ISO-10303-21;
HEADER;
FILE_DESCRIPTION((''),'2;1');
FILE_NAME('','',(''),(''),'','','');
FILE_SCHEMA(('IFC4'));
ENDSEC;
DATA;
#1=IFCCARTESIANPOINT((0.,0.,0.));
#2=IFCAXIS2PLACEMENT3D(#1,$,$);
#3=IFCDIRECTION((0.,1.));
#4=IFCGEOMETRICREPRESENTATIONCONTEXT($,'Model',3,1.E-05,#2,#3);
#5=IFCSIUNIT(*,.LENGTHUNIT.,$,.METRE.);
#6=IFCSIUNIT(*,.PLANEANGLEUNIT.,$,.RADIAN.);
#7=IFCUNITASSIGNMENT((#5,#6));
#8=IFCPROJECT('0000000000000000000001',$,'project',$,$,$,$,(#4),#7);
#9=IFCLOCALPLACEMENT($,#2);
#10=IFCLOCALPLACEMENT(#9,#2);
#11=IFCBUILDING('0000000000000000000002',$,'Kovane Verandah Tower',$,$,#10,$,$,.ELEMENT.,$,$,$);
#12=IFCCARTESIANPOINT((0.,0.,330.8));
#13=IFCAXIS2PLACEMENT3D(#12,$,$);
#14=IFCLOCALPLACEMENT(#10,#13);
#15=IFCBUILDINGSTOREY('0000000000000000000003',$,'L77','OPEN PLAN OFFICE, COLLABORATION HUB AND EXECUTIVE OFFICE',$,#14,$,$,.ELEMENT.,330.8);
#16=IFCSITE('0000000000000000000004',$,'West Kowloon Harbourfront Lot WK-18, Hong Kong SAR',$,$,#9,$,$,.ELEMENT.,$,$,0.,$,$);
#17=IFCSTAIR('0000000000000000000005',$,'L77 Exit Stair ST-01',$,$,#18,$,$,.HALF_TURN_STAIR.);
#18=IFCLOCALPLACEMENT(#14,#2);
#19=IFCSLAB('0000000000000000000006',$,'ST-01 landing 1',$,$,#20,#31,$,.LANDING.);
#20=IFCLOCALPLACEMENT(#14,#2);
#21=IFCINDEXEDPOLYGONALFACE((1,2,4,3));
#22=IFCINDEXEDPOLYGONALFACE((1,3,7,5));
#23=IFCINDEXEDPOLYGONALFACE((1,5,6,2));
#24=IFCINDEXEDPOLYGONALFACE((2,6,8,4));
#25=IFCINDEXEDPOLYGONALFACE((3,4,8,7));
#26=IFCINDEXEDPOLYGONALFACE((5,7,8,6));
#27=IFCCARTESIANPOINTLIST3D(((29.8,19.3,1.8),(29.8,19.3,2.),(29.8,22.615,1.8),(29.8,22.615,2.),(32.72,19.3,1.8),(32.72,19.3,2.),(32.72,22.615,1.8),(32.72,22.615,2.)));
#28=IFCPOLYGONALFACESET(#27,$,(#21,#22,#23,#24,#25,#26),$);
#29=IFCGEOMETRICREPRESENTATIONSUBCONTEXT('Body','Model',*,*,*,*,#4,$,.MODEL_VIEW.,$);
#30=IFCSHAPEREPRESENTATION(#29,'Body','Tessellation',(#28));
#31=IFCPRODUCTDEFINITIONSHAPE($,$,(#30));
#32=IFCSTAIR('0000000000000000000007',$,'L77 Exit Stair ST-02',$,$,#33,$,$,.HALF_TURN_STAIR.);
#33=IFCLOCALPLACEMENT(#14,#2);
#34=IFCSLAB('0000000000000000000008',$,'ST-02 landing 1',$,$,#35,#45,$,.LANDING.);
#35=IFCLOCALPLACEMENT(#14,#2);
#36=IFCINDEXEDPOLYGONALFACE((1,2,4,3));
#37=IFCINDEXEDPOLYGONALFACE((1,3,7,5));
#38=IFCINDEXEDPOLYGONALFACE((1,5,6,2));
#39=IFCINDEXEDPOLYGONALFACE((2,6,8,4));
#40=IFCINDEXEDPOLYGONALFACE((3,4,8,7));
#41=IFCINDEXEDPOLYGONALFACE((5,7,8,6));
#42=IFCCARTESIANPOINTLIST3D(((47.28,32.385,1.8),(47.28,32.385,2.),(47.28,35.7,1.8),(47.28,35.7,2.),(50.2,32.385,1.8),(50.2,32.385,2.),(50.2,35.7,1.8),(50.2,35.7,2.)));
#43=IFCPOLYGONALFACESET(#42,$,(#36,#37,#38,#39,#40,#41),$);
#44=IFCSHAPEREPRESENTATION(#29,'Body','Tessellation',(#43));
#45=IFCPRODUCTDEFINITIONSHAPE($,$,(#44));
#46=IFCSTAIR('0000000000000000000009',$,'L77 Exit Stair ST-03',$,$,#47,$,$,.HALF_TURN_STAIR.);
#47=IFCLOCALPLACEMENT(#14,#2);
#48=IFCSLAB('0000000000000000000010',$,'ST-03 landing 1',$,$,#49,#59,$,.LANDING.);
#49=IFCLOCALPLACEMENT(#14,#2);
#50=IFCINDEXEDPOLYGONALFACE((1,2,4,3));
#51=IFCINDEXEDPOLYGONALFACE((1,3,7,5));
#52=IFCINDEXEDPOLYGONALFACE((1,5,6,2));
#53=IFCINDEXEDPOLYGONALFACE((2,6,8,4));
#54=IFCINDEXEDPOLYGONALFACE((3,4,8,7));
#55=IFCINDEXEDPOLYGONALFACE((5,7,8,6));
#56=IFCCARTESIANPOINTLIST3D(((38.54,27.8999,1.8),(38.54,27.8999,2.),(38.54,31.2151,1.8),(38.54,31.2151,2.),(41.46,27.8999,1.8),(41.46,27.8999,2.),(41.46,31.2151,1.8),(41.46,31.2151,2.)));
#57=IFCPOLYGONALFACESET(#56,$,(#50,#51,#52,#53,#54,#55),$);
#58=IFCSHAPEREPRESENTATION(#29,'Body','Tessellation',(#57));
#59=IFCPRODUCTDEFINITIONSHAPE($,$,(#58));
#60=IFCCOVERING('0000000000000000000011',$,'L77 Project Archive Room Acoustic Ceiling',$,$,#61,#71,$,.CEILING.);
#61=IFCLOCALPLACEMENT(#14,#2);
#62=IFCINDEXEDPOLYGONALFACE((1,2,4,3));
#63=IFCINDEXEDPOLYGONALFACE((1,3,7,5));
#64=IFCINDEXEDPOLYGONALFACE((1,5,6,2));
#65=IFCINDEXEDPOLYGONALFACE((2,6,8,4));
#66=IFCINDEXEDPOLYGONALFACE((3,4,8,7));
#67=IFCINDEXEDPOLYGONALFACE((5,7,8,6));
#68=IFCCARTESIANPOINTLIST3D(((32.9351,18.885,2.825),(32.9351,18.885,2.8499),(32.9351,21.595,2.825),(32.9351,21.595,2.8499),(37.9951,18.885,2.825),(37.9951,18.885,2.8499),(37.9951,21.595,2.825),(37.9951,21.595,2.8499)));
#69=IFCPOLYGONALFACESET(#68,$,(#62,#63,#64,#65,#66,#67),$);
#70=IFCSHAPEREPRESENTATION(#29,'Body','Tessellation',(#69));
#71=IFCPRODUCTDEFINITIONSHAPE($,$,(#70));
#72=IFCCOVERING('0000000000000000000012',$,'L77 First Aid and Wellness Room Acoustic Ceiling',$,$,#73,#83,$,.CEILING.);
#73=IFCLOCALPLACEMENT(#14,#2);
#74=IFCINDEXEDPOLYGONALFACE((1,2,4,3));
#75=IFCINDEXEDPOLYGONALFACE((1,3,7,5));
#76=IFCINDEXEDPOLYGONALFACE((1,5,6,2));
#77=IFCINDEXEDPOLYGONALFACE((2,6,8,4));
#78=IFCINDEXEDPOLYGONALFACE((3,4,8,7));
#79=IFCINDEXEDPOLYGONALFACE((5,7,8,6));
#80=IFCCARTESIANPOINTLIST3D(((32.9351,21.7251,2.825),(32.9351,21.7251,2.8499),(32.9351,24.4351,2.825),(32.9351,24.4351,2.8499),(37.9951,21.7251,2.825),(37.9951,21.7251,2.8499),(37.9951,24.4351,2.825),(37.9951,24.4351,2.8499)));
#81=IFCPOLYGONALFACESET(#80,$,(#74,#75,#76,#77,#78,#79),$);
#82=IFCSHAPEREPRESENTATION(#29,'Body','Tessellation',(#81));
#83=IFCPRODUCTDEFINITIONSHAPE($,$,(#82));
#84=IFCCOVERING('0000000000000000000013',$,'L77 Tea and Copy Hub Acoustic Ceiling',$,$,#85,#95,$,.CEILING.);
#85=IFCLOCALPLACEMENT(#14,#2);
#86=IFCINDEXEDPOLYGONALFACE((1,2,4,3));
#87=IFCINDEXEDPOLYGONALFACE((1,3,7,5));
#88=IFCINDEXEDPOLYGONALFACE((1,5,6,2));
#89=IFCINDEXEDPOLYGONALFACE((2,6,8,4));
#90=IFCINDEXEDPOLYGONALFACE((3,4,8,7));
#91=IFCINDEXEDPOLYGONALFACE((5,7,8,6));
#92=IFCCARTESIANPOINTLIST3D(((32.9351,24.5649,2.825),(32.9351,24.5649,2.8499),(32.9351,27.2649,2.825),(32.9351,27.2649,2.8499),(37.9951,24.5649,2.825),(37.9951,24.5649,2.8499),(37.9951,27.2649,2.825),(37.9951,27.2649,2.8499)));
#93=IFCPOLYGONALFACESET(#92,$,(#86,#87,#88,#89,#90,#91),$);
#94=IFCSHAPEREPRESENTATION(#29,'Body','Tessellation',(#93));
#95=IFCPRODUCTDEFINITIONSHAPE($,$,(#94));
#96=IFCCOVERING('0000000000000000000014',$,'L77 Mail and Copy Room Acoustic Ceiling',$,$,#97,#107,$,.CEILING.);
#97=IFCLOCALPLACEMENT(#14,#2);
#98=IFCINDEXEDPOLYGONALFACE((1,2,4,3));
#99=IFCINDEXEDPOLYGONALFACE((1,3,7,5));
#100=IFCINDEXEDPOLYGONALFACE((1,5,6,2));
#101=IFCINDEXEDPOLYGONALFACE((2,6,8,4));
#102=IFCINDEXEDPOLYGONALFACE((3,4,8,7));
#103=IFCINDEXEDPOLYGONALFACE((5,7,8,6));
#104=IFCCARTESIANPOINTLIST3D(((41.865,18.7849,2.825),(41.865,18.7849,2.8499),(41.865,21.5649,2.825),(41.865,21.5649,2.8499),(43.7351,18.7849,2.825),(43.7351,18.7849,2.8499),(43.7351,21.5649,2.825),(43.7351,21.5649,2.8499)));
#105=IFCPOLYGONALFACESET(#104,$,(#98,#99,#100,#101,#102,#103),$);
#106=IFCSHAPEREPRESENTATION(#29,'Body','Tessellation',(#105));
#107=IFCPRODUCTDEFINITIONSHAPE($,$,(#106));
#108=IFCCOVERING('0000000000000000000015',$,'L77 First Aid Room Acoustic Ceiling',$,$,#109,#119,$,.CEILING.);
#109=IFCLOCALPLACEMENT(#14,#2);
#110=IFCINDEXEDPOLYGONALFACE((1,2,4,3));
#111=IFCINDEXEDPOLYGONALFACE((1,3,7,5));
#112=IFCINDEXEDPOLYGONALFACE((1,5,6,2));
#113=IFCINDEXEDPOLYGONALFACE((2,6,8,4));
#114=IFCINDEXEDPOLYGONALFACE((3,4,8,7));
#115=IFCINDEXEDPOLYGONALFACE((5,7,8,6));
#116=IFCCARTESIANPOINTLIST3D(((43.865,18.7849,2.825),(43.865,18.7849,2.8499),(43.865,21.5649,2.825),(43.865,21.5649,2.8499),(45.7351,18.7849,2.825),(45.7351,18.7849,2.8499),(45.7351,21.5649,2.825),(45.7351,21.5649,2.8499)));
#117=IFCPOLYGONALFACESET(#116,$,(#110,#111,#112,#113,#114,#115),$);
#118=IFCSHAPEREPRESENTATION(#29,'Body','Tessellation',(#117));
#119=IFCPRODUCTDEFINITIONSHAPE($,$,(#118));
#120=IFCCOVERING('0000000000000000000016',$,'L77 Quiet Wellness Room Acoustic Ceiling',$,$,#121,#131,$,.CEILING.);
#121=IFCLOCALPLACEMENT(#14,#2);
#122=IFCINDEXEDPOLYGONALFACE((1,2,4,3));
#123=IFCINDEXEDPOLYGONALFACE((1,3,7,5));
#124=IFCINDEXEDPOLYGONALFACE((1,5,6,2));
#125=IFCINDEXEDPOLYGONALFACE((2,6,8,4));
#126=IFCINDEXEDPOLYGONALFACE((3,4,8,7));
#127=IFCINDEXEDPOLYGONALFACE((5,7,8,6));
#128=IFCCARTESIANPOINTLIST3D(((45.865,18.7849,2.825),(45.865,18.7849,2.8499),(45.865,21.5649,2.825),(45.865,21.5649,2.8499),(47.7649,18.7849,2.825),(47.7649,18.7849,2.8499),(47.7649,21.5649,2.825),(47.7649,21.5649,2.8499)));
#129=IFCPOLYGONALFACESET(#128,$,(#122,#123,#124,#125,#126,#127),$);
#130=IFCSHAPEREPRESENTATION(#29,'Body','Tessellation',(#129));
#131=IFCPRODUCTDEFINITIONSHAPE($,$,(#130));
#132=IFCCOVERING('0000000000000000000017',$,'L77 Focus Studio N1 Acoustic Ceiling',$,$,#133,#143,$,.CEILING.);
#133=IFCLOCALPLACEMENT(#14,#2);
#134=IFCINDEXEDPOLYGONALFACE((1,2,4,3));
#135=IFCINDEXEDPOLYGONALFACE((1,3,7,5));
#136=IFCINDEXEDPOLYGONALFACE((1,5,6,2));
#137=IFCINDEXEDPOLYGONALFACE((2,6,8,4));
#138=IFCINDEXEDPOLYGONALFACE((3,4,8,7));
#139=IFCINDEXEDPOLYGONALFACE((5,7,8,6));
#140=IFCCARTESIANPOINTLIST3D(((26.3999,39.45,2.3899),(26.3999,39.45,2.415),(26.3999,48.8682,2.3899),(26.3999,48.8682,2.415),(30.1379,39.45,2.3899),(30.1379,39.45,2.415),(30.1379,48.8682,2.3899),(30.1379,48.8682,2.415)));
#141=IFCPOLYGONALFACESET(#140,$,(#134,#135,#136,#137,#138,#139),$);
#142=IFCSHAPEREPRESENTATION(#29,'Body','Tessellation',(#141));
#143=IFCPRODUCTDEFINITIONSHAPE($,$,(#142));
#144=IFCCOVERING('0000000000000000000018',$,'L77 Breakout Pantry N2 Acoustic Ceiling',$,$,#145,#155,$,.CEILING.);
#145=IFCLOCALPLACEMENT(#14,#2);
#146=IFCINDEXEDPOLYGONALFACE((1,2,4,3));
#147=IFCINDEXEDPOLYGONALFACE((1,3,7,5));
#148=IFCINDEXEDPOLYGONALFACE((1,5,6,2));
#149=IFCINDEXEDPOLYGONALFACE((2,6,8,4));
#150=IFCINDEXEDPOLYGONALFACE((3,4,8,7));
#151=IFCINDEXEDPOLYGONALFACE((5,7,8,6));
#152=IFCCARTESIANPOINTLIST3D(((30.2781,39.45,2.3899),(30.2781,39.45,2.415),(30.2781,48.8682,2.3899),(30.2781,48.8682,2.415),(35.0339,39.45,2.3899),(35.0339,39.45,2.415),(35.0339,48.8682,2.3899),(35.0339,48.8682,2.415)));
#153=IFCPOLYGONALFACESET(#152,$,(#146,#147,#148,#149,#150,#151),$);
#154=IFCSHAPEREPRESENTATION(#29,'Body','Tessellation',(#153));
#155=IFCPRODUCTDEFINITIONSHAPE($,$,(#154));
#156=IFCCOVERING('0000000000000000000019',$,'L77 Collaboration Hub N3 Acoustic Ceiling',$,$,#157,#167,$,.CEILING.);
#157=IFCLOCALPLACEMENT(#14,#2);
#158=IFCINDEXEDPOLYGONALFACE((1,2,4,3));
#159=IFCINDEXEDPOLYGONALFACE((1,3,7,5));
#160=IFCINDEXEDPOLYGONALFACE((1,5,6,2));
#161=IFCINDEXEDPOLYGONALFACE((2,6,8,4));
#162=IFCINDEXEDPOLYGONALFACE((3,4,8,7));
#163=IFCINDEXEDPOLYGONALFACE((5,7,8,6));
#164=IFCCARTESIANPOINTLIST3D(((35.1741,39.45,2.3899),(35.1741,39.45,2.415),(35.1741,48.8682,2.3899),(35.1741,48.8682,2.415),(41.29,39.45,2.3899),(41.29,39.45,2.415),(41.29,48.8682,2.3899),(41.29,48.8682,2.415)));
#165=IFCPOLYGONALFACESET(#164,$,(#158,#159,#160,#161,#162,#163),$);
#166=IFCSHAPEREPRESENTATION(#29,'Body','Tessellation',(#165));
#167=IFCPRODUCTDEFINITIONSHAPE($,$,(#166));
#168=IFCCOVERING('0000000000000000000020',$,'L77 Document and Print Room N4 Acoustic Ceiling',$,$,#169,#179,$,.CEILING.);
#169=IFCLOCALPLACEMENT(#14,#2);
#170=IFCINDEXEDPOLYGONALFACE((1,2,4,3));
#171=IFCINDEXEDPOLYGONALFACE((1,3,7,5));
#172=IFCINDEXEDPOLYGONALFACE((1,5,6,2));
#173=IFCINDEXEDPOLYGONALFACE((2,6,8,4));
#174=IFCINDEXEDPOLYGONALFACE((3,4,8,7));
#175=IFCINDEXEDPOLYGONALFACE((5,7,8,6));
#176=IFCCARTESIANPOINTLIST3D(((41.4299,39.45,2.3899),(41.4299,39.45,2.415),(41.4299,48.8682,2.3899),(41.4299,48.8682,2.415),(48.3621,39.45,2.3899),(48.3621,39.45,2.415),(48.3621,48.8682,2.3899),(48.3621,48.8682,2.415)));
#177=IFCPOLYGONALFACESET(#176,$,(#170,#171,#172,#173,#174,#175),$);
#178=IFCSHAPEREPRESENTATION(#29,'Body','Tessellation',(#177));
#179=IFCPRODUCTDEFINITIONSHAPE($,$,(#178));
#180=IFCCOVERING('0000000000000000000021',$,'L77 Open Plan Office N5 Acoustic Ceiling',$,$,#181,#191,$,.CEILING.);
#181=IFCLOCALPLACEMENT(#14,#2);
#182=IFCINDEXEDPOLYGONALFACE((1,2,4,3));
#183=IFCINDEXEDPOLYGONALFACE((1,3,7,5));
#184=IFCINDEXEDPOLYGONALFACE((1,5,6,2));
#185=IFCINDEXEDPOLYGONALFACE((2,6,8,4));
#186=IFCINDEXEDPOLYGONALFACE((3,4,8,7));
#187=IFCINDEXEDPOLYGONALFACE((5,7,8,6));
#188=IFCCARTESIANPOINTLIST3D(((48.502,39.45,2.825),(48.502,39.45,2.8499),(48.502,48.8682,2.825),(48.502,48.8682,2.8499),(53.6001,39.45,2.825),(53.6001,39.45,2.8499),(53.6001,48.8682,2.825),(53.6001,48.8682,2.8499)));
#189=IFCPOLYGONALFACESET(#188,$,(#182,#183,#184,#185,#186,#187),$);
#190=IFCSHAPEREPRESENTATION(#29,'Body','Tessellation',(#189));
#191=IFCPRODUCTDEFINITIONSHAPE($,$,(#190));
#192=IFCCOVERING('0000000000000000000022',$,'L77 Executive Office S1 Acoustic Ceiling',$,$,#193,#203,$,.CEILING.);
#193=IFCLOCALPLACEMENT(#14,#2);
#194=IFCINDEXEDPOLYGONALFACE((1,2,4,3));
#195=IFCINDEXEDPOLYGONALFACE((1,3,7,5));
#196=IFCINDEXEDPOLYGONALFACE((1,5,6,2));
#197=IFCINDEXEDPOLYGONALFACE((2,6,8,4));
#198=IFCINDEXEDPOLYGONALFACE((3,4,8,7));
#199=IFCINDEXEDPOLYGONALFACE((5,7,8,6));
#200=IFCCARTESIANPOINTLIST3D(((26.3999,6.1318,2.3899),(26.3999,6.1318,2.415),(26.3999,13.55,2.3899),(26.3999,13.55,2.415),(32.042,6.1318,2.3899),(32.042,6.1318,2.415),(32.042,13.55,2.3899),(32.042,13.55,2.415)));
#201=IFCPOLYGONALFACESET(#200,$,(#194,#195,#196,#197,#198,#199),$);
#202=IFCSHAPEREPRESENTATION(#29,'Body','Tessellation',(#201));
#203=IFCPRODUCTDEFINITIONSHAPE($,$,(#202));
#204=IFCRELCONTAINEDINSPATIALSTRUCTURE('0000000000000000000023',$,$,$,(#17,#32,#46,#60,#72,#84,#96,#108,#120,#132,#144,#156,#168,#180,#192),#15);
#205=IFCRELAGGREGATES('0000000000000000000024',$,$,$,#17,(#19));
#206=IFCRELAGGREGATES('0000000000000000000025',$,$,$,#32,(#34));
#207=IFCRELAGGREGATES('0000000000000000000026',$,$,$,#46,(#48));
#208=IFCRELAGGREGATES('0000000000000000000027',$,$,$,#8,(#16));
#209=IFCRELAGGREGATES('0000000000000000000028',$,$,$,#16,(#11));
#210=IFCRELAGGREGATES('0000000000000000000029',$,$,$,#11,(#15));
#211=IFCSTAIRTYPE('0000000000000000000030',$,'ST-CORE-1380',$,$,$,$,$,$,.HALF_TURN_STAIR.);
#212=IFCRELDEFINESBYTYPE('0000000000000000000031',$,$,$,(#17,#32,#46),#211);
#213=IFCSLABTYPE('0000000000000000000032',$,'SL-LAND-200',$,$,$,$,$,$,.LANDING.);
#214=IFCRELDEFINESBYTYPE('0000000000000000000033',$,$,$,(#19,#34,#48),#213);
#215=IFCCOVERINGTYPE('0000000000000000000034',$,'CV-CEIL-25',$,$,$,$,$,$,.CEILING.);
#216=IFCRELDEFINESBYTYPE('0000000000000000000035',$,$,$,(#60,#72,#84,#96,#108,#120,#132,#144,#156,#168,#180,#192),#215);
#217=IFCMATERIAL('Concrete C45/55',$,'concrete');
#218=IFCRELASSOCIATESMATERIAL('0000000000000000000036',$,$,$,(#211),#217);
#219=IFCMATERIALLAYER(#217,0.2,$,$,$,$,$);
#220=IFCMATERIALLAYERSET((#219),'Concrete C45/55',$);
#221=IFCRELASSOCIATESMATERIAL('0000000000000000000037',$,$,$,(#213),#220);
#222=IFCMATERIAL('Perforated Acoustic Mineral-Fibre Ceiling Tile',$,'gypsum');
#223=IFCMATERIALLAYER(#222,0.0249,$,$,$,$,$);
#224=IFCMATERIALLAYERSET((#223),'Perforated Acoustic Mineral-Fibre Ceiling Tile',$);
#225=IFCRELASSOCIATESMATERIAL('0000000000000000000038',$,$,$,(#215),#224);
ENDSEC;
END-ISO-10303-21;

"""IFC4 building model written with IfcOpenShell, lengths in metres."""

from ifc_helpers import new_model, si_unit, direction, frame, origin, place, context, subcontext, project, spatial, polyline, outline, extrude, material, layer, layer_set, type_object, element, aggregate, save


model = new_model("IFC4")

# Units and contexts
model_context = context("Model", 3, precision=1e-05, world=origin(), true_north=direction((0.0, 1.0)))
body_context = subcontext(model_context, "Body", "Model", "MODEL_VIEW")
ifc_project = project(units=[si_unit("LENGTHUNIT", "METRE"), si_unit("PLANEANGLEUNIT", "RADIAN")], contexts=[model_context])

# Site, building, storey
site_placement = place(None, origin())
site = spatial("IfcSite", under=ifc_project, at=site_placement, Name="West Kowloon Harbourfront Lot WK-18, Hong Kong SAR", CompositionType="ELEMENT", RefElevation=0.0)
building_placement = place(site_placement, origin())
building = spatial("IfcBuilding", under=site, at=building_placement, Name="Kovane Verandah Tower", CompositionType="ELEMENT")
storey_placement = place(building_placement, frame((0.0, 0.0, 330.8)))
storey = spatial("IfcBuildingStorey", under=building, at=storey_placement, Name="L77", Description="OPEN PLAN OFFICE, COLLABORATION HUB AND EXECUTIVE OFFICE", CompositionType="ELEMENT", Elevation=330.8)

# Stairs, slabs
ifc_material_1 = material(Name="Concrete C45/55", Category="concrete")
stair_type = type_object("IfcStairType", Name="ST-CORE-1380", PredefinedType="HALF_TURN_STAIR", material=ifc_material_1)
stair_1_placement = place(storey_placement, origin())
stair_1 = element("IfcStair", 1, at=stair_1_placement, inside=storey, type_object=stair_type, Name="L77 Exit Stair ST-01", PredefinedType="HALF_TURN_STAIR")
ifc_layer_1 = layer(ifc_material_1, 0.2)
ifc_layer_set_1 = layer_set([ifc_layer_1], Name="Concrete C45/55")
slab_type = type_object("IfcSlabType", Name="SL-LAND-200", PredefinedType="LANDING", material=ifc_layer_set_1)
slab_1_placement = place(storey_placement, frame((0.0, 0.0, 1.8)))
slab_1 = element("IfcSlab", 2, at=slab_1_placement, type_object=slab_type, Name="ST-01 landing 1", PredefinedType="LANDING", context=body_context, shape_type="SweptSolid", body=[
    extrude(outline(polyline([(29.8, 22.615), (29.8, 19.3), (32.72, 19.3), (32.72, 22.615), (29.8, 22.615)])), origin(), (0.0, 0.0, 1.0), 0.2),
])
aggregate(stair_1, [slab_1])
stair_2_placement = place(storey_placement, origin())
stair_2 = element("IfcStair", 3, at=stair_2_placement, inside=storey, type_object=stair_type, Name="L77 Exit Stair ST-02", PredefinedType="HALF_TURN_STAIR")
slab_2_placement = place(storey_placement, frame((0.0, 0.0, 1.8)))
slab_2 = element("IfcSlab", 4, at=slab_2_placement, type_object=slab_type, Name="ST-02 landing 1", PredefinedType="LANDING", context=body_context, shape_type="SweptSolid", body=[
    extrude(outline(polyline([(50.2, 32.385), (50.2, 35.7), (47.28, 35.7), (47.28, 32.385), (50.2, 32.385)])), origin(), (0.0, 0.0, 1.0), 0.2),
])
aggregate(stair_2, [slab_2])
stair_3_placement = place(storey_placement, origin())
stair_3 = element("IfcStair", 5, at=stair_3_placement, inside=storey, type_object=stair_type, Name="L77 Exit Stair ST-03", PredefinedType="HALF_TURN_STAIR")
slab_3_placement = place(storey_placement, frame((0.0, 0.0, 1.8)))
slab_3 = element("IfcSlab", 6, at=slab_3_placement, type_object=slab_type, Name="ST-03 landing 1", PredefinedType="LANDING", context=body_context, shape_type="SweptSolid", body=[
    extrude(outline(polyline([(38.54, 31.2151), (38.54, 27.8999), (41.46, 27.8999), (41.46, 31.2151), (38.54, 31.2151)])), origin(), (0.0, 0.0, 1.0), 0.2),
])
aggregate(stair_3, [slab_3])

# Coverings
ifc_material_2 = material(Name="Perforated Acoustic Mineral-Fibre Ceiling Tile", Category="gypsum")
ifc_layer_2 = layer(ifc_material_2, 0.0249)
ifc_layer_set_2 = layer_set([ifc_layer_2], Name="Perforated Acoustic Mineral-Fibre Ceiling Tile")
covering_type_1 = type_object("IfcCoveringType", Name="CV-CEIL-25", PredefinedType="CEILING", material=ifc_layer_set_2)
covering_1_placement = place(storey_placement, frame((0.0, 0.0, 2.825)))
element("IfcCovering", 7, at=covering_1_placement, inside=storey, type_object=covering_type_1, Name="L77 Project Archive Room Acoustic Ceiling", PredefinedType="CEILING", context=body_context, shape_type="SweptSolid", body=[
    extrude(outline(polyline([(32.9351, 18.885), (37.9951, 18.885), (37.9951, 21.595), (32.9351, 21.595), (32.9351, 18.885)])), origin(), (0.0, 0.0, 1.0), 0.0249),
])
covering_2_placement = place(storey_placement, frame((0.0, 0.0, 2.825)))
element("IfcCovering", 8, at=covering_2_placement, inside=storey, type_object=covering_type_1, Name="L77 First Aid and Wellness Room Acoustic Ceiling", PredefinedType="CEILING", context=body_context, shape_type="SweptSolid", body=[
    extrude(outline(polyline([(32.9351, 21.7251), (37.9951, 21.7251), (37.9951, 24.4351), (32.9351, 24.4351), (32.9351, 21.7251)])), origin(), (0.0, 0.0, 1.0), 0.0249),
])
covering_3_placement = place(storey_placement, frame((0.0, 0.0, 2.825)))
element("IfcCovering", 9, at=covering_3_placement, inside=storey, type_object=covering_type_1, Name="L77 Tea and Copy Hub Acoustic Ceiling", PredefinedType="CEILING", context=body_context, shape_type="SweptSolid", body=[
    extrude(outline(polyline([(32.9351, 24.5649), (37.9951, 24.5649), (37.9951, 27.2649), (32.9351, 27.2649), (32.9351, 24.5649)])), origin(), (0.0, 0.0, 1.0), 0.0249),
])
covering_4_placement = place(storey_placement, frame((0.0, 0.0, 2.825)))
element("IfcCovering", 10, at=covering_4_placement, inside=storey, type_object=covering_type_1, Name="L77 Mail and Copy Room Acoustic Ceiling", PredefinedType="CEILING", context=body_context, shape_type="SweptSolid", body=[
    extrude(outline(polyline([(41.865, 18.7849), (43.7351, 18.7849), (43.7351, 21.5649), (41.865, 21.5649), (41.865, 18.7849)])), origin(), (0.0, 0.0, 1.0), 0.0249),
])
covering_5_placement = place(storey_placement, frame((0.0, 0.0, 2.825)))
element("IfcCovering", 11, at=covering_5_placement, inside=storey, type_object=covering_type_1, Name="L77 First Aid Room Acoustic Ceiling", PredefinedType="CEILING", context=body_context, shape_type="SweptSolid", body=[
    extrude(outline(polyline([(43.865, 18.7849), (45.7351, 18.7849), (45.7351, 21.5649), (43.865, 21.5649), (43.865, 18.7849)])), origin(), (0.0, 0.0, 1.0), 0.0249),
])
covering_6_placement = place(storey_placement, frame((0.0, 0.0, 2.825)))
element("IfcCovering", 12, at=covering_6_placement, inside=storey, type_object=covering_type_1, Name="L77 Quiet Wellness Room Acoustic Ceiling", PredefinedType="CEILING", context=body_context, shape_type="SweptSolid", body=[
    extrude(outline(polyline([(45.865, 18.7849), (47.7649, 18.7849), (47.7649, 21.5649), (45.865, 21.5649), (45.865, 18.7849)])), origin(), (0.0, 0.0, 1.0), 0.0249),
])
covering_7_placement = place(storey_placement, frame((0.0, 0.0, 2.3899)))
element("IfcCovering", 13, at=covering_7_placement, inside=storey, type_object=covering_type_1, Name="L77 Focus Studio N1 Acoustic Ceiling", PredefinedType="CEILING", context=body_context, shape_type="SweptSolid", body=[
    extrude(outline(polyline([(26.3999, 39.45), (30.1379, 39.45), (30.1379, 48.8682), (26.3999, 48.8682), (26.3999, 39.45)])), origin(), (0.0, 0.0, 1.0), 0.0251),
])
covering_8_placement = place(storey_placement, frame((0.0, 0.0, 2.3899)))
element("IfcCovering", 14, at=covering_8_placement, inside=storey, type_object=covering_type_1, Name="L77 Breakout Pantry N2 Acoustic Ceiling", PredefinedType="CEILING", context=body_context, shape_type="SweptSolid", body=[
    extrude(outline(polyline([(30.2781, 39.45), (35.0339, 39.45), (35.0339, 48.8682), (30.2781, 48.8682), (30.2781, 39.45)])), origin(), (0.0, 0.0, 1.0), 0.0251),
])
covering_9_placement = place(storey_placement, frame((0.0, 0.0, 2.3899)))
element("IfcCovering", 15, at=covering_9_placement, inside=storey, type_object=covering_type_1, Name="L77 Collaboration Hub N3 Acoustic Ceiling", PredefinedType="CEILING", context=body_context, shape_type="SweptSolid", body=[
    extrude(outline(polyline([(35.1741, 39.45), (41.29, 39.45), (41.29, 48.8682), (35.1741, 48.8682), (35.1741, 39.45)])), origin(), (0.0, 0.0, 1.0), 0.0251),
])
covering_10_placement = place(storey_placement, frame((0.0, 0.0, 2.3899)))
element("IfcCovering", 16, at=covering_10_placement, inside=storey, type_object=covering_type_1, Name="L77 Document and Print Room N4 Acoustic Ceiling", PredefinedType="CEILING", context=body_context, shape_type="SweptSolid", body=[
    extrude(outline(polyline([(41.4299, 39.45), (48.3621, 39.45), (48.3621, 48.8682), (41.4299, 48.8682), (41.4299, 39.45)])), origin(), (0.0, 0.0, 1.0), 0.0251),
])
covering_11_placement = place(storey_placement, frame((0.0, 0.0, 2.825)))
element("IfcCovering", 17, at=covering_11_placement, inside=storey, type_object=covering_type_1, Name="L77 Open Plan Office N5 Acoustic Ceiling", PredefinedType="CEILING", context=body_context, shape_type="SweptSolid", body=[
    extrude(outline(polyline([(48.502, 39.45), (53.6001, 39.45), (53.6001, 48.8682), (48.502, 48.8682), (48.502, 39.45)])), origin(), (0.0, 0.0, 1.0), 0.0249),
])
covering_12_placement = place(storey_placement, frame((0.0, 0.0, 2.3899)))
element("IfcCovering", 18, at=covering_12_placement, inside=storey, type_object=covering_type_1, Name="L77 Executive Office S1 Acoustic Ceiling", PredefinedType="CEILING", context=body_context, shape_type="SweptSolid", body=[
    extrude(outline(polyline([(26.3999, 6.1318), (32.042, 6.1318), (32.042, 13.55), (26.3999, 13.55), (26.3999, 6.1318)])), origin(), (0.0, 0.0, 1.0), 0.0251),
])

save(model, "model.ifc")
